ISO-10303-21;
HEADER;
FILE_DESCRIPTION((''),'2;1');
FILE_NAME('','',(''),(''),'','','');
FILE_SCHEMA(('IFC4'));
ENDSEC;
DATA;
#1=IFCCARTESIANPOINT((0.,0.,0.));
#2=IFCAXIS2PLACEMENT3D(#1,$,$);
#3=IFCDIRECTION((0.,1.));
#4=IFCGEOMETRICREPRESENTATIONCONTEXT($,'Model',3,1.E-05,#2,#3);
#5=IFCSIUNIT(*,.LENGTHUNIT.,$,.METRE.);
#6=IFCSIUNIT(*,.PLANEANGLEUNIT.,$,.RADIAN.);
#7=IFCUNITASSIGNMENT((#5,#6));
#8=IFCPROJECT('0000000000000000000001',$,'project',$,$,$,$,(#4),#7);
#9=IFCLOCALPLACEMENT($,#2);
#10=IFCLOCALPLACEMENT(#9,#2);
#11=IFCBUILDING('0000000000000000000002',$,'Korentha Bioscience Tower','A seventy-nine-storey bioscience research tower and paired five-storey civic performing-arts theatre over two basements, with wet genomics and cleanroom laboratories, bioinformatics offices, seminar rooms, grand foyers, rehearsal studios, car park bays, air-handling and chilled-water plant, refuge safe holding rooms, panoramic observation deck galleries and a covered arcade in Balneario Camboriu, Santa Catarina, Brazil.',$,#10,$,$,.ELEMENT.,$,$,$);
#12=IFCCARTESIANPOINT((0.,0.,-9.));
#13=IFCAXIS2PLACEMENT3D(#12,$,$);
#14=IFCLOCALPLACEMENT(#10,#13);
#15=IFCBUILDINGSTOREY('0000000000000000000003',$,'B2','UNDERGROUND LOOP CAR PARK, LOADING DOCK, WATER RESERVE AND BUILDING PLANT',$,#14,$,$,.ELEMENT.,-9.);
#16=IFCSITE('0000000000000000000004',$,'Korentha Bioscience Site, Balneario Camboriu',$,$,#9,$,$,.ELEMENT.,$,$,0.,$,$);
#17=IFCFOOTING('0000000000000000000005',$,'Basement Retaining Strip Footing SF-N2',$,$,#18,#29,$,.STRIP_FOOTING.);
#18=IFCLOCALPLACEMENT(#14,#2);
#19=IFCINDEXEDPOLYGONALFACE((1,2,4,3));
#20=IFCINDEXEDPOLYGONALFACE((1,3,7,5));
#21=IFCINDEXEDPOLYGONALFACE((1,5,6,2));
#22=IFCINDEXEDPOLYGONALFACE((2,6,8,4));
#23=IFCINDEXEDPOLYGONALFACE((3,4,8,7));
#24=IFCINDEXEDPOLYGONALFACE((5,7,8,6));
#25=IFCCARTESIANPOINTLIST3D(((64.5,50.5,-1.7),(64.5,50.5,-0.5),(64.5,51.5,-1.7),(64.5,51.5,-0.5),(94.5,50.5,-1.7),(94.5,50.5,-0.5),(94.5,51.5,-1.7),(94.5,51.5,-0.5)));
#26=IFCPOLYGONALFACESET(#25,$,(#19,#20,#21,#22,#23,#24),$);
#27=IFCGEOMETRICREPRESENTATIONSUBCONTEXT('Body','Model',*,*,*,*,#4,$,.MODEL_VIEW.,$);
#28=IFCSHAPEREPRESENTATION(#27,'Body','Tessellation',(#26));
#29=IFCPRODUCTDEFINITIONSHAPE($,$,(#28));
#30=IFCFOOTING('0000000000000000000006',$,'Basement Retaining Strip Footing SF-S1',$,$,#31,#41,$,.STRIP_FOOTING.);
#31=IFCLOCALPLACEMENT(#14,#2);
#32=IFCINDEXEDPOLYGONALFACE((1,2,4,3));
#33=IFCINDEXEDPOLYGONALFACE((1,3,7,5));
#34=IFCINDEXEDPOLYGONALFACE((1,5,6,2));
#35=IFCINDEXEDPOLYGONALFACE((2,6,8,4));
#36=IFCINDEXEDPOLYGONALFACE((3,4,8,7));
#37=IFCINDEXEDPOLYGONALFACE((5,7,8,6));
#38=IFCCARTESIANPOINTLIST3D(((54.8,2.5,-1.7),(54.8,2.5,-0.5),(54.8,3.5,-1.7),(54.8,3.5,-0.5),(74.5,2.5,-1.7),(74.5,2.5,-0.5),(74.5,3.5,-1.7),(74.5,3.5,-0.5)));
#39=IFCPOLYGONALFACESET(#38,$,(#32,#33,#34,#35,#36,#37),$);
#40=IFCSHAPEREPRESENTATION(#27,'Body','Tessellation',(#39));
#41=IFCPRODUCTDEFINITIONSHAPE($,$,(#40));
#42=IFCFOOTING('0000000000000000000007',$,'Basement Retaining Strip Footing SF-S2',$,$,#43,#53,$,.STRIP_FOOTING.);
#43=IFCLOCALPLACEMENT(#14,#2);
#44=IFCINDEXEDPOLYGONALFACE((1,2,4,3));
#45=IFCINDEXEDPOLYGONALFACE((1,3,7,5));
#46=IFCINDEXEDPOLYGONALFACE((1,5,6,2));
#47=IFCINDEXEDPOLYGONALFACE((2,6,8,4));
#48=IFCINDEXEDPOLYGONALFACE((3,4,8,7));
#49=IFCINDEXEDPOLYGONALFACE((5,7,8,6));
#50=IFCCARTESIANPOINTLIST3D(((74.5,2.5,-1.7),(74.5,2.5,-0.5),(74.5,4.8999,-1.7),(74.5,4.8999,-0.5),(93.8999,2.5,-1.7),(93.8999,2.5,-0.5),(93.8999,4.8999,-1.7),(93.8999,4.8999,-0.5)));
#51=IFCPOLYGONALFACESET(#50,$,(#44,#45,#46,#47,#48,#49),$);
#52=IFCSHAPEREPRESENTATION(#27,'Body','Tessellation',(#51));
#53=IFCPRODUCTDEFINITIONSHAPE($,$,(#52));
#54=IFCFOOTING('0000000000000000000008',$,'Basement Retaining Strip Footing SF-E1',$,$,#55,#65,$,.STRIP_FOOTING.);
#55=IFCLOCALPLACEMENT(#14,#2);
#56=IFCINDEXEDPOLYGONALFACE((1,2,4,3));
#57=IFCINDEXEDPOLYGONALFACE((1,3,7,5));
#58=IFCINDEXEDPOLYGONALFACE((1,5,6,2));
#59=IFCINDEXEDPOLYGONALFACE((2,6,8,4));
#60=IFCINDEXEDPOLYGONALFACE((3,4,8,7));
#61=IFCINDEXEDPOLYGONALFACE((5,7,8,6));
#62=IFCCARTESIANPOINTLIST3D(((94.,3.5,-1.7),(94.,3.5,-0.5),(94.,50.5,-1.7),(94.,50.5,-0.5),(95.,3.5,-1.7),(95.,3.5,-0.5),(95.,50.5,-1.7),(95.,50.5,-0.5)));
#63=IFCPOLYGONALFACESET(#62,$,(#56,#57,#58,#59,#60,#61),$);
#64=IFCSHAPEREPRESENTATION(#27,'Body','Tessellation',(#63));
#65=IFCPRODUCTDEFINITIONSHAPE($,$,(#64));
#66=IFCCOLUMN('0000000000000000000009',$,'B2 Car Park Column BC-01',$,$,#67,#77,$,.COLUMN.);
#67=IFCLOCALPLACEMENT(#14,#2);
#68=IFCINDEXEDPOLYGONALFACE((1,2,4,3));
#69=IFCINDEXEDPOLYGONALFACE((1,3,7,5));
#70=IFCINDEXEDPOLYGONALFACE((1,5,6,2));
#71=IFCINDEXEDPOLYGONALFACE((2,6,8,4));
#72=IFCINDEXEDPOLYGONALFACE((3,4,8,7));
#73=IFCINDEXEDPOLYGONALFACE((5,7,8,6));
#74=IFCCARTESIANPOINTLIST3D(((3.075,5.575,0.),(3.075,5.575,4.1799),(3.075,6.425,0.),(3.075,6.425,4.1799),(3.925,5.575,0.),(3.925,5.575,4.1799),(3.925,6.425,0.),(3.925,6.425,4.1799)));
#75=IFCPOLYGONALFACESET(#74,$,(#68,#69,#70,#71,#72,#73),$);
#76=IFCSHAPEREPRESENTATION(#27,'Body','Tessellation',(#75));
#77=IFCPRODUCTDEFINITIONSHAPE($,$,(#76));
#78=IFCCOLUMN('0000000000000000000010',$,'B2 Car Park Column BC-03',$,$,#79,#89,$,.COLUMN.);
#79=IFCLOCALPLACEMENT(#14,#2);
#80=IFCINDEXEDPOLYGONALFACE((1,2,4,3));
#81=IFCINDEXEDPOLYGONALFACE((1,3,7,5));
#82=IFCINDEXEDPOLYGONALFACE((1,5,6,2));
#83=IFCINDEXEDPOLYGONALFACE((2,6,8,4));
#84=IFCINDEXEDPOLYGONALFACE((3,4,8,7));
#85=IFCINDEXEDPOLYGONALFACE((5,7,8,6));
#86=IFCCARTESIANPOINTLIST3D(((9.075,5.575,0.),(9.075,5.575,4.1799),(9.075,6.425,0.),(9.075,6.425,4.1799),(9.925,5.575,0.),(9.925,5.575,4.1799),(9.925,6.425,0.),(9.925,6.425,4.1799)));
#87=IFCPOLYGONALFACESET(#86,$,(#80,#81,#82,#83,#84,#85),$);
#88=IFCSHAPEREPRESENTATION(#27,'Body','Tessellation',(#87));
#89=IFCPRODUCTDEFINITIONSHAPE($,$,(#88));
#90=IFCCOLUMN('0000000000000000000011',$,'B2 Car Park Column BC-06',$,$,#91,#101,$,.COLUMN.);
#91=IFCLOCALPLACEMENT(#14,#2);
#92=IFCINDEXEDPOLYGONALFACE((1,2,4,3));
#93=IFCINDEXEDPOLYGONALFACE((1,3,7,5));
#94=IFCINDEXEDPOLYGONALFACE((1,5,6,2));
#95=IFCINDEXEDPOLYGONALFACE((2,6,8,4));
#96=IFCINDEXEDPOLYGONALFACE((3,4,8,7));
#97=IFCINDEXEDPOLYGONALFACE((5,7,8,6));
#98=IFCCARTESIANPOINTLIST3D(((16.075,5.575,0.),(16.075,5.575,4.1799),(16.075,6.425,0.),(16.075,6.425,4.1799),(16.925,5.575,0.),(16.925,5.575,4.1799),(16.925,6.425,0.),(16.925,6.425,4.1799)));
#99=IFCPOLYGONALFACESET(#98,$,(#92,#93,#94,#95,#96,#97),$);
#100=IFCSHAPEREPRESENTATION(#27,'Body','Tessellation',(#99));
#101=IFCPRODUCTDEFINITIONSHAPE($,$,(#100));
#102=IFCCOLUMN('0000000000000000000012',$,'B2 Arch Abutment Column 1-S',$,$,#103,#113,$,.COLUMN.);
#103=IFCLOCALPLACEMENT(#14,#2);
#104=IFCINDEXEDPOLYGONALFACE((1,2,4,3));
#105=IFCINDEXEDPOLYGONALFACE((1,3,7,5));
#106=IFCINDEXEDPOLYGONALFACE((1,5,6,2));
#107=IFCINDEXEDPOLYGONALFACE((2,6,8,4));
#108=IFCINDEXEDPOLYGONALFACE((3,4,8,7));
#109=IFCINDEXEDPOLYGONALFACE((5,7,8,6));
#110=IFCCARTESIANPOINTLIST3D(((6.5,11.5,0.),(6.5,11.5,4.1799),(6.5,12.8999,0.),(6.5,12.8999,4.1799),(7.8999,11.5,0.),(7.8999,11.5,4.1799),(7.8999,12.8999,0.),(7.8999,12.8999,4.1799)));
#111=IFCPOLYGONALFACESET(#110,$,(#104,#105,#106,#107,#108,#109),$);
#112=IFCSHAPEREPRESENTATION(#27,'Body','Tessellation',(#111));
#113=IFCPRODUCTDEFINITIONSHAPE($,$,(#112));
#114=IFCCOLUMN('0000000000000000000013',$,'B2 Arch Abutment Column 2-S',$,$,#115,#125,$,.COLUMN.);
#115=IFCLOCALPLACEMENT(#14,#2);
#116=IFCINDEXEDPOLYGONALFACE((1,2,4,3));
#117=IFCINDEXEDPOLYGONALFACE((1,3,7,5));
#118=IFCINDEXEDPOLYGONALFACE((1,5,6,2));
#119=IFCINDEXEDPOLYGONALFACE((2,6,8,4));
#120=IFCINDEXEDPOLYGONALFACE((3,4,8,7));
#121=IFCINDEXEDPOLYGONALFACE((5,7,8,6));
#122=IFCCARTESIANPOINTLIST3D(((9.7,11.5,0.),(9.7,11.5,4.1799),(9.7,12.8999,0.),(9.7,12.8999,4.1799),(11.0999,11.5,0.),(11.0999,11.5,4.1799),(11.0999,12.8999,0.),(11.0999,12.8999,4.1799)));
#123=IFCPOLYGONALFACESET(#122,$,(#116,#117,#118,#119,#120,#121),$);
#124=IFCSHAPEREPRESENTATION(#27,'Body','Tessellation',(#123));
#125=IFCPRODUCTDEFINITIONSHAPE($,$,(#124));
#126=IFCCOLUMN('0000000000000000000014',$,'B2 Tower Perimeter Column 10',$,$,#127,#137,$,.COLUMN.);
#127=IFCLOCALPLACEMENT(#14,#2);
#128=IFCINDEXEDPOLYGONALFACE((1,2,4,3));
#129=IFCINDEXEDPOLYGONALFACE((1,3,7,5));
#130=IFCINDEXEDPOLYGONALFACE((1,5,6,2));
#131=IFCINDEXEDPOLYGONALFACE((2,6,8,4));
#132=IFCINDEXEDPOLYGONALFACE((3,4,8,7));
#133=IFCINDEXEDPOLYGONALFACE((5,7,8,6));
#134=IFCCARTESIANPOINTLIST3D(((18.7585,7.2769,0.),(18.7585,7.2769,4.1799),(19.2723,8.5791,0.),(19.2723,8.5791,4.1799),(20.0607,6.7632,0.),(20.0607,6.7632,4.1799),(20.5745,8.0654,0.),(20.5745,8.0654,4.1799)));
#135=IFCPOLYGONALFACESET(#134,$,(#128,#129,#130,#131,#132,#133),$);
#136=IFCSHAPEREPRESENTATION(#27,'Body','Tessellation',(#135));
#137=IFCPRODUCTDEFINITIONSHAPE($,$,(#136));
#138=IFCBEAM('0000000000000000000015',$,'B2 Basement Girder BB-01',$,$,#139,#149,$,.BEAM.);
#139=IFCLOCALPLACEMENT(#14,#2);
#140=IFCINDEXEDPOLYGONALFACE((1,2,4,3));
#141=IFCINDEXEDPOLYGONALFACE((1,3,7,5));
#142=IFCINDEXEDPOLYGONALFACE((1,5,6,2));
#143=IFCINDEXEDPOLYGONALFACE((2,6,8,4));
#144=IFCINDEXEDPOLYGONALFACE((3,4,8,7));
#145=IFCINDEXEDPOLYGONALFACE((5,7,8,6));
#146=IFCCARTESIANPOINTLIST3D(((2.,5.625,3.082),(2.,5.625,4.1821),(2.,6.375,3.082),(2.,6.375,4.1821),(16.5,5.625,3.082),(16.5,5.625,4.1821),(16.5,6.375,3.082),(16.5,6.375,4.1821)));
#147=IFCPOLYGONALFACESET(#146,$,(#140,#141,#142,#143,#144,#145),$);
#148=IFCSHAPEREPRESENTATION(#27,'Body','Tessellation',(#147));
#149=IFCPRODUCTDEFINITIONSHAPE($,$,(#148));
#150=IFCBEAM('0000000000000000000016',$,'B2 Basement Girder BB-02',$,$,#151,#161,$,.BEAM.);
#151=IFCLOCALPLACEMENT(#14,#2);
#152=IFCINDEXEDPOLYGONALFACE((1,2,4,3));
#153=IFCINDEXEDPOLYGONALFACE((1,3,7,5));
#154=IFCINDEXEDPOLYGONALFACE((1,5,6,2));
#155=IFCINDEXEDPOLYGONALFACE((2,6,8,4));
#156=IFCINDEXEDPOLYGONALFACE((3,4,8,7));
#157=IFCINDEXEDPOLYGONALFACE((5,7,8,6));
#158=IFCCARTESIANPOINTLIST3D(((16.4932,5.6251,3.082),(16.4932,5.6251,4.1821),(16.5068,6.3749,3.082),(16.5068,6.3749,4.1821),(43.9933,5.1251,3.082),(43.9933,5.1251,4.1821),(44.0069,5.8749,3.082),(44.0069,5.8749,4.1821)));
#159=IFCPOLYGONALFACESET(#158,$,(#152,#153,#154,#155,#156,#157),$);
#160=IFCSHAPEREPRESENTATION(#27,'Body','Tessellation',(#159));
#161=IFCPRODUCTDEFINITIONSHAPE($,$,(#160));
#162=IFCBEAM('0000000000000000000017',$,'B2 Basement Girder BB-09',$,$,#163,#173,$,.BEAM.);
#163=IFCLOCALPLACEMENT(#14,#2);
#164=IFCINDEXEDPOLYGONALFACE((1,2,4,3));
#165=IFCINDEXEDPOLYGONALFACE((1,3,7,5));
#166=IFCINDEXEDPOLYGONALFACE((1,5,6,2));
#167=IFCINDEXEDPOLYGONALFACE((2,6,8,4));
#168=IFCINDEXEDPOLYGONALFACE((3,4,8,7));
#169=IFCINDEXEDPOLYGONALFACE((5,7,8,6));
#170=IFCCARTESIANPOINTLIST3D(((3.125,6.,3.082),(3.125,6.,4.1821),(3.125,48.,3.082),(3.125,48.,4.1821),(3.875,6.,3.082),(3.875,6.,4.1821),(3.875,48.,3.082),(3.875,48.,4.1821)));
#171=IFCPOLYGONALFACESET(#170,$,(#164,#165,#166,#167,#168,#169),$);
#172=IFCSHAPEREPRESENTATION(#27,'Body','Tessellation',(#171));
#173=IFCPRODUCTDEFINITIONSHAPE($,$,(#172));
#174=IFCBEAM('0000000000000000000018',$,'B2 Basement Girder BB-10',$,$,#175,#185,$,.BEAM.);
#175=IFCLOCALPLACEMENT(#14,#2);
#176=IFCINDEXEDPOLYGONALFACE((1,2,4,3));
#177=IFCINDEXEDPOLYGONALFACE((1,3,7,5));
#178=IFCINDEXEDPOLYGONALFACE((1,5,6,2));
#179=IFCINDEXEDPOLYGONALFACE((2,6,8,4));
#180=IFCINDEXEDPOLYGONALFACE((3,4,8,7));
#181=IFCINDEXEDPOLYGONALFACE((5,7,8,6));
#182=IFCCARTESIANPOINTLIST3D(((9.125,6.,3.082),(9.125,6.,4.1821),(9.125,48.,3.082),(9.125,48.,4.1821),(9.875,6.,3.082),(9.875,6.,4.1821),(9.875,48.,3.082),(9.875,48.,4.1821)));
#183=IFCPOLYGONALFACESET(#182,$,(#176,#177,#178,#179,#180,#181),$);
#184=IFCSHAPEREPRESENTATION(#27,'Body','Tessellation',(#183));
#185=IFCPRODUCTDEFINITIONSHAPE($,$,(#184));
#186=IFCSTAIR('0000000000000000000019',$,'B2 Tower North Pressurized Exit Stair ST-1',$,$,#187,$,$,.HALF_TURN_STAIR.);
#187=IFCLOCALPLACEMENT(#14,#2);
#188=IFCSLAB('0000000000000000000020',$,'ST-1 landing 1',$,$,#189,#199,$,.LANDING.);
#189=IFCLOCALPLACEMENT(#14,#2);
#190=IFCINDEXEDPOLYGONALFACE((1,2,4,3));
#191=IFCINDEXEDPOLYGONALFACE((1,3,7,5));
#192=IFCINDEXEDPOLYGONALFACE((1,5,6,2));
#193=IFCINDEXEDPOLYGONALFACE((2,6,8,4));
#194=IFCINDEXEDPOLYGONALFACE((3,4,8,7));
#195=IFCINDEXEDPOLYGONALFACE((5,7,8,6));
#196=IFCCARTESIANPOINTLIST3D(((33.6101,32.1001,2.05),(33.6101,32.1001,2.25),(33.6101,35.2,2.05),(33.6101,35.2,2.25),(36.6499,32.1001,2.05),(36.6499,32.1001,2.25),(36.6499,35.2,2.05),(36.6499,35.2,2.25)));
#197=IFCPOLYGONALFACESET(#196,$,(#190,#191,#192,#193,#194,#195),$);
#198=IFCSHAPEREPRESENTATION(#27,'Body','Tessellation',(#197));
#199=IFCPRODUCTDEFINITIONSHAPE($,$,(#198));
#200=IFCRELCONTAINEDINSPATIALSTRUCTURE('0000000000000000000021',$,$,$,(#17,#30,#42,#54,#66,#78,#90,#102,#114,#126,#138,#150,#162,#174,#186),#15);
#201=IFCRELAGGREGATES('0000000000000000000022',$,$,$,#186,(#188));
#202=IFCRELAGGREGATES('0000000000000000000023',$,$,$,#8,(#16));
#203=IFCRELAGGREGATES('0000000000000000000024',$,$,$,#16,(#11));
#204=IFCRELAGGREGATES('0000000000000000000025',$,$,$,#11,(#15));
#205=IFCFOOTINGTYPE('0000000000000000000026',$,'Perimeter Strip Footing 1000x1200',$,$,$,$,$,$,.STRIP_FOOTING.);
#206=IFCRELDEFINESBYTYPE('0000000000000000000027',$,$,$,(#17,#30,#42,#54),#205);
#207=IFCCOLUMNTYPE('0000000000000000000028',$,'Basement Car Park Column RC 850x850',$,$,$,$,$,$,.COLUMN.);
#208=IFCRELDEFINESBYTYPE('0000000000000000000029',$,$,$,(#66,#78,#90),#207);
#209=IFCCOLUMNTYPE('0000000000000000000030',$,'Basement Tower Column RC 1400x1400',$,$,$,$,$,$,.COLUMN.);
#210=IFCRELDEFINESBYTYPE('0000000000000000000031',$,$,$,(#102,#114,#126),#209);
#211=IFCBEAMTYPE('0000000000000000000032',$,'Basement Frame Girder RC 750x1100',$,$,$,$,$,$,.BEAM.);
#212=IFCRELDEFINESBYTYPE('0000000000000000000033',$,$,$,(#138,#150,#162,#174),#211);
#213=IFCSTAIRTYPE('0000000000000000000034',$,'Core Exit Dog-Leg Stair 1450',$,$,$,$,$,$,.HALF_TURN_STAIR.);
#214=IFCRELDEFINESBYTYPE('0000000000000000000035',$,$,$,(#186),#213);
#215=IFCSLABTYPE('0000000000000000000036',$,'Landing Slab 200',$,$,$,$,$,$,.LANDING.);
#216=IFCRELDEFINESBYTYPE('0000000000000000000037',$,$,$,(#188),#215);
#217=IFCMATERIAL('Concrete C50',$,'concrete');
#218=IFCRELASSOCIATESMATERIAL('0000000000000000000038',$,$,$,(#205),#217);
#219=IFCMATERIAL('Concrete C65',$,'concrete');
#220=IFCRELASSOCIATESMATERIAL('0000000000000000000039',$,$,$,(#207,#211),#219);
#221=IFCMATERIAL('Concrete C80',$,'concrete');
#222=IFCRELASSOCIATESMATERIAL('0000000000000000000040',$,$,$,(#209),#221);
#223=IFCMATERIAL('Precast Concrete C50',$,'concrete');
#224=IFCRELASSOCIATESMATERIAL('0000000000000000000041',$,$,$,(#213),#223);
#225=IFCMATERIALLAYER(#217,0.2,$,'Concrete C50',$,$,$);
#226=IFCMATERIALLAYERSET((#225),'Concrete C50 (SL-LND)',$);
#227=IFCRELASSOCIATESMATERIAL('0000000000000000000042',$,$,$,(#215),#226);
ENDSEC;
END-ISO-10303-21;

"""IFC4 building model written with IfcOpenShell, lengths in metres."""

from ifc_helpers import new_model, si_unit, direction, frame, origin, origin_2d, place, context, subcontext, project, spatial, polyline, rectangle, outline, extrude, material, layer, layer_set, material_profile, profile_set, type_object, element, aggregate, save


model = new_model("IFC4")

# Units and contexts
model_context = context("Model", 3, precision=1e-05, world=origin(), true_north=direction((0.0, 1.0)))
body_context = subcontext(model_context, "Body", "Model", "MODEL_VIEW")
ifc_project = project(units=[si_unit("LENGTHUNIT", "METRE"), si_unit("PLANEANGLEUNIT", "RADIAN")], contexts=[model_context])

# Site, building, storey
site_placement = place(None, origin())
site = spatial("IfcSite", under=ifc_project, at=site_placement, Name="Korentha Bioscience Site, Balneario Camboriu", CompositionType="ELEMENT", RefElevation=0.0)
building_placement = place(site_placement, origin())
building = spatial("IfcBuilding", under=site, at=building_placement, Name="Korentha Bioscience Tower", Description="A seventy-nine-storey bioscience research tower and paired five-storey civic performing-arts theatre over two basements, with wet genomics and cleanroom laboratories, bioinformatics offices, seminar rooms, grand foyers, rehearsal studios, car park bays, air-handling and chilled-water plant, refuge safe holding rooms, panoramic observation deck galleries and a covered arcade in Balneario Camboriu, Santa Catarina, Brazil.", CompositionType="ELEMENT")
storey_placement = place(building_placement, frame((0.0, 0.0, -9.0)))
storey = spatial("IfcBuildingStorey", under=building, at=storey_placement, Name="B2", Description="UNDERGROUND LOOP CAR PARK, LOADING DOCK, WATER RESERVE AND BUILDING PLANT", CompositionType="ELEMENT", Elevation=-9.0)

# Shared definitions
ifc_material_1 = material(Name="Concrete C50", Category="concrete")

# Footings
footing_type_1 = type_object("IfcFootingType", Name="Perimeter Strip Footing 1000x1200", PredefinedType="STRIP_FOOTING", material=ifc_material_1)
footing_1_placement = place(storey_placement, frame((0.0, 0.0, -1.7)))
element("IfcFooting", 1, at=footing_1_placement, inside=storey, type_object=footing_type_1, Name="Basement Retaining Strip Footing SF-N2", PredefinedType="STRIP_FOOTING", context=body_context, shape_type="SweptSolid", body=[
    extrude(outline(polyline([(64.5, 50.5), (94.5, 50.5), (94.5, 51.5), (64.5, 51.5), (64.5, 50.5)])), origin(), (0.0, 0.0, 1.0), 1.2),
])
footing_2_placement = place(storey_placement, frame((0.0, 0.0, -1.7)))
element("IfcFooting", 2, at=footing_2_placement, inside=storey, type_object=footing_type_1, Name="Basement Retaining Strip Footing SF-S1", PredefinedType="STRIP_FOOTING", context=body_context, shape_type="SweptSolid", body=[
    extrude(outline(polyline([(54.8, 2.5), (74.5, 2.5), (74.5, 3.5), (54.8, 3.5), (54.8, 2.5)])), origin(), (0.0, 0.0, 1.0), 1.2),
])
footing_3_placement = place(storey_placement, frame((0.0, 0.0, -1.7)))
element("IfcFooting", 3, at=footing_3_placement, inside=storey, type_object=footing_type_1, Name="Basement Retaining Strip Footing SF-S2", PredefinedType="STRIP_FOOTING", context=body_context, shape_type="SweptSolid", body=[
    extrude(outline(polyline([(74.5, 2.5), (93.8999, 2.5), (93.8999, 4.8999), (74.5, 4.8999), (74.5, 2.5)])), origin(), (0.0, 0.0, 1.0), 1.2),
])
footing_4_placement = place(storey_placement, frame((0.0, 0.0, -1.7)))
element("IfcFooting", 4, at=footing_4_placement, inside=storey, type_object=footing_type_1, Name="Basement Retaining Strip Footing SF-E1", PredefinedType="STRIP_FOOTING", context=body_context, shape_type="SweptSolid", body=[
    extrude(outline(polyline([(94.0, 3.5), (95.0, 3.5), (95.0, 50.5), (94.0, 50.5), (94.0, 3.5)])), origin(), (0.0, 0.0, 1.0), 1.2),
])

# Columns
ifc_material_2 = material(Name="Concrete C65", Category="concrete")
ifc_material_profile_1 = material_profile(ifc_material_2, rectangle(XDim=0.8501, YDim=0.8501, at=origin_2d()), Name="Concrete C65")
ifc_profile_set_1 = profile_set([ifc_material_profile_1], Name="Concrete C65 (BC-01)")
column_type_1 = type_object("IfcColumnType", Name="Basement Car Park Column RC 850x850", PredefinedType="COLUMN", material=ifc_profile_set_1)
for number, where, z_axis, x_axis, name in (
    (5, (3.5, 6.0, 0.0), (0.0, 0.0, 1.0), (1.0, 0.0, 0.0), "B2 Car Park Column BC-01"),
    (6, (9.5, 6.0, 0.0), (0.0, 0.0, 1.0), (1.0, 0.0, 0.0), "B2 Car Park Column BC-03"),
    (7, (16.5, 6.0, 0.0), (0.0, 0.0, 1.0), (1.0, 0.0, 0.0), "B2 Car Park Column BC-06"),
):
    element("IfcColumn", number, at=place(storey_placement, frame(where, z_axis=z_axis, x_axis=x_axis)), inside=storey, type_object=column_type_1, Name=name, PredefinedType="COLUMN", context=body_context, shape_type="SweptSolid", body=[
        extrude(rectangle(XDim=0.8501, YDim=0.8501, at=origin_2d()), origin(), (0.0, 0.0, 1.0), 4.1799),
    ])
ifc_material_3 = material(Name="Concrete C80", Category="concrete")
ifc_material_profile_2 = material_profile(ifc_material_3, rectangle(XDim=1.3999, YDim=1.3999, at=origin_2d()), Name="Concrete C80")
ifc_profile_set_2 = profile_set([ifc_material_profile_2], Name="Concrete C80 (COL-B14)")
column_type_2 = type_object("IfcColumnType", Name="Basement Tower Column RC 1400x1400", PredefinedType="COLUMN", material=ifc_profile_set_2)
for number, where, z_axis, x_axis, name in (
    (8, (7.2, 12.2, 0.0), (0.0, 0.0, 1.0), (1.0, 0.0, 0.0), "B2 Arch Abutment Column 1-S"),
    (9, (10.3999, 12.2, 0.0), (0.0, 0.0, 1.0), (1.0, 0.0, 0.0), "B2 Arch Abutment Column 2-S"),
    (10, (19.6665, 7.6711, 0.0), (0.0, 0.0, 1.0), (-0.930226, 0.366988, 0.0), "B2 Tower Perimeter Column 10"),
):
    element("IfcColumn", number, at=place(storey_placement, frame(where, z_axis=z_axis, x_axis=x_axis)), inside=storey, type_object=column_type_2, Name=name, PredefinedType="COLUMN", context=body_context, shape_type="SweptSolid", body=[
        extrude(rectangle(XDim=1.3999, YDim=1.3999, at=origin_2d()), origin(), (0.0, 0.0, 1.0), 4.1799),
    ])

# Beams
ifc_material_profile_3 = material_profile(ifc_material_2, rectangle(XDim=0.75, YDim=1.1001, at=origin_2d()), Name="Concrete C65")
ifc_profile_set_3 = profile_set([ifc_material_profile_3], Name="Concrete C65 (BB-750)")
beam_type = type_object("IfcBeamType", Name="Basement Frame Girder RC 750x1100", PredefinedType="BEAM", material=ifc_profile_set_3)
beam_1_placement = place(storey_placement, frame((2.0, 6.0, 3.6321), z_axis=(1.0, 0.0, 0.0), x_axis=(0.0, 1.0, 0.0)))
element("IfcBeam", 11, at=beam_1_placement, inside=storey, type_object=beam_type, Name="B2 Basement Girder BB-01", PredefinedType="BEAM", context=body_context, shape_type="SweptSolid", body=[
    extrude(rectangle(XDim=0.75, YDim=1.1001, at=origin_2d()), origin(), (0.0, 0.0, 1.0), 14.5),
])
beam_2_placement = place(storey_placement, frame((16.5, 6.0, 3.6321), z_axis=(0.999835, -0.018179, 0.0), x_axis=(0.018179, 0.999835, 0.0)))
element("IfcBeam", 12, at=beam_2_placement, inside=storey, type_object=beam_type, Name="B2 Basement Girder BB-02", PredefinedType="BEAM", context=body_context, shape_type="SweptSolid", body=[
    extrude(rectangle(XDim=0.75, YDim=1.1001, at=origin_2d()), origin(), (0.0, 0.0, 1.0), 27.5046),
])
for number, where, z_axis, x_axis, name in (
    (13, (3.5, 6.0, 3.6321), (0.0, 1.0, 0.0), (-1.0, 0.0, 0.0), "B2 Basement Girder BB-09"),
    (14, (9.5, 6.0, 3.6321), (0.0, 1.0, 0.0), (-1.0, 0.0, 0.0), "B2 Basement Girder BB-10"),
):
    element("IfcBeam", number, at=place(storey_placement, frame(where, z_axis=z_axis, x_axis=x_axis)), inside=storey, type_object=beam_type, Name=name, PredefinedType="BEAM", context=body_context, shape_type="SweptSolid", body=[
        extrude(rectangle(XDim=0.75, YDim=1.1001, at=origin_2d()), origin(), (0.0, 0.0, 1.0), 42.0),
    ])

# Stair, slab
ifc_material_4 = material(Name="Precast Concrete C50", Category="concrete")
stair_type_1 = type_object("IfcStairType", Name="Core Exit Dog-Leg Stair 1450", PredefinedType="HALF_TURN_STAIR", material=ifc_material_4)
stair_1_placement = place(storey_placement, origin())
stair_1 = element("IfcStair", 15, at=stair_1_placement, inside=storey, type_object=stair_type_1, Name="B2 Tower North Pressurized Exit Stair ST-1", PredefinedType="HALF_TURN_STAIR")
ifc_layer_1 = layer(ifc_material_1, 0.2, Name="Concrete C50")
ifc_layer_set_1 = layer_set([ifc_layer_1], Name="Concrete C50 (SL-LND)")
slab_type = type_object("IfcSlabType", Name="Landing Slab 200", PredefinedType="LANDING", material=ifc_layer_set_1)
slab_1_placement = place(storey_placement, frame((0.0, 0.0, 2.05)))
slab_1 = element("IfcSlab", 16, at=slab_1_placement, type_object=slab_type, Name="ST-1 landing 1", PredefinedType="LANDING", context=body_context, shape_type="SweptSolid", body=[
    extrude(outline(polyline([(33.6101, 32.1001), (36.6499, 32.1001), (36.6499, 35.2), (33.6101, 35.2), (33.6101, 32.1001)])), origin(), (0.0, 0.0, 1.0), 0.2),
])
aggregate(stair_1, [slab_1])

save(model, "model.ifc")
